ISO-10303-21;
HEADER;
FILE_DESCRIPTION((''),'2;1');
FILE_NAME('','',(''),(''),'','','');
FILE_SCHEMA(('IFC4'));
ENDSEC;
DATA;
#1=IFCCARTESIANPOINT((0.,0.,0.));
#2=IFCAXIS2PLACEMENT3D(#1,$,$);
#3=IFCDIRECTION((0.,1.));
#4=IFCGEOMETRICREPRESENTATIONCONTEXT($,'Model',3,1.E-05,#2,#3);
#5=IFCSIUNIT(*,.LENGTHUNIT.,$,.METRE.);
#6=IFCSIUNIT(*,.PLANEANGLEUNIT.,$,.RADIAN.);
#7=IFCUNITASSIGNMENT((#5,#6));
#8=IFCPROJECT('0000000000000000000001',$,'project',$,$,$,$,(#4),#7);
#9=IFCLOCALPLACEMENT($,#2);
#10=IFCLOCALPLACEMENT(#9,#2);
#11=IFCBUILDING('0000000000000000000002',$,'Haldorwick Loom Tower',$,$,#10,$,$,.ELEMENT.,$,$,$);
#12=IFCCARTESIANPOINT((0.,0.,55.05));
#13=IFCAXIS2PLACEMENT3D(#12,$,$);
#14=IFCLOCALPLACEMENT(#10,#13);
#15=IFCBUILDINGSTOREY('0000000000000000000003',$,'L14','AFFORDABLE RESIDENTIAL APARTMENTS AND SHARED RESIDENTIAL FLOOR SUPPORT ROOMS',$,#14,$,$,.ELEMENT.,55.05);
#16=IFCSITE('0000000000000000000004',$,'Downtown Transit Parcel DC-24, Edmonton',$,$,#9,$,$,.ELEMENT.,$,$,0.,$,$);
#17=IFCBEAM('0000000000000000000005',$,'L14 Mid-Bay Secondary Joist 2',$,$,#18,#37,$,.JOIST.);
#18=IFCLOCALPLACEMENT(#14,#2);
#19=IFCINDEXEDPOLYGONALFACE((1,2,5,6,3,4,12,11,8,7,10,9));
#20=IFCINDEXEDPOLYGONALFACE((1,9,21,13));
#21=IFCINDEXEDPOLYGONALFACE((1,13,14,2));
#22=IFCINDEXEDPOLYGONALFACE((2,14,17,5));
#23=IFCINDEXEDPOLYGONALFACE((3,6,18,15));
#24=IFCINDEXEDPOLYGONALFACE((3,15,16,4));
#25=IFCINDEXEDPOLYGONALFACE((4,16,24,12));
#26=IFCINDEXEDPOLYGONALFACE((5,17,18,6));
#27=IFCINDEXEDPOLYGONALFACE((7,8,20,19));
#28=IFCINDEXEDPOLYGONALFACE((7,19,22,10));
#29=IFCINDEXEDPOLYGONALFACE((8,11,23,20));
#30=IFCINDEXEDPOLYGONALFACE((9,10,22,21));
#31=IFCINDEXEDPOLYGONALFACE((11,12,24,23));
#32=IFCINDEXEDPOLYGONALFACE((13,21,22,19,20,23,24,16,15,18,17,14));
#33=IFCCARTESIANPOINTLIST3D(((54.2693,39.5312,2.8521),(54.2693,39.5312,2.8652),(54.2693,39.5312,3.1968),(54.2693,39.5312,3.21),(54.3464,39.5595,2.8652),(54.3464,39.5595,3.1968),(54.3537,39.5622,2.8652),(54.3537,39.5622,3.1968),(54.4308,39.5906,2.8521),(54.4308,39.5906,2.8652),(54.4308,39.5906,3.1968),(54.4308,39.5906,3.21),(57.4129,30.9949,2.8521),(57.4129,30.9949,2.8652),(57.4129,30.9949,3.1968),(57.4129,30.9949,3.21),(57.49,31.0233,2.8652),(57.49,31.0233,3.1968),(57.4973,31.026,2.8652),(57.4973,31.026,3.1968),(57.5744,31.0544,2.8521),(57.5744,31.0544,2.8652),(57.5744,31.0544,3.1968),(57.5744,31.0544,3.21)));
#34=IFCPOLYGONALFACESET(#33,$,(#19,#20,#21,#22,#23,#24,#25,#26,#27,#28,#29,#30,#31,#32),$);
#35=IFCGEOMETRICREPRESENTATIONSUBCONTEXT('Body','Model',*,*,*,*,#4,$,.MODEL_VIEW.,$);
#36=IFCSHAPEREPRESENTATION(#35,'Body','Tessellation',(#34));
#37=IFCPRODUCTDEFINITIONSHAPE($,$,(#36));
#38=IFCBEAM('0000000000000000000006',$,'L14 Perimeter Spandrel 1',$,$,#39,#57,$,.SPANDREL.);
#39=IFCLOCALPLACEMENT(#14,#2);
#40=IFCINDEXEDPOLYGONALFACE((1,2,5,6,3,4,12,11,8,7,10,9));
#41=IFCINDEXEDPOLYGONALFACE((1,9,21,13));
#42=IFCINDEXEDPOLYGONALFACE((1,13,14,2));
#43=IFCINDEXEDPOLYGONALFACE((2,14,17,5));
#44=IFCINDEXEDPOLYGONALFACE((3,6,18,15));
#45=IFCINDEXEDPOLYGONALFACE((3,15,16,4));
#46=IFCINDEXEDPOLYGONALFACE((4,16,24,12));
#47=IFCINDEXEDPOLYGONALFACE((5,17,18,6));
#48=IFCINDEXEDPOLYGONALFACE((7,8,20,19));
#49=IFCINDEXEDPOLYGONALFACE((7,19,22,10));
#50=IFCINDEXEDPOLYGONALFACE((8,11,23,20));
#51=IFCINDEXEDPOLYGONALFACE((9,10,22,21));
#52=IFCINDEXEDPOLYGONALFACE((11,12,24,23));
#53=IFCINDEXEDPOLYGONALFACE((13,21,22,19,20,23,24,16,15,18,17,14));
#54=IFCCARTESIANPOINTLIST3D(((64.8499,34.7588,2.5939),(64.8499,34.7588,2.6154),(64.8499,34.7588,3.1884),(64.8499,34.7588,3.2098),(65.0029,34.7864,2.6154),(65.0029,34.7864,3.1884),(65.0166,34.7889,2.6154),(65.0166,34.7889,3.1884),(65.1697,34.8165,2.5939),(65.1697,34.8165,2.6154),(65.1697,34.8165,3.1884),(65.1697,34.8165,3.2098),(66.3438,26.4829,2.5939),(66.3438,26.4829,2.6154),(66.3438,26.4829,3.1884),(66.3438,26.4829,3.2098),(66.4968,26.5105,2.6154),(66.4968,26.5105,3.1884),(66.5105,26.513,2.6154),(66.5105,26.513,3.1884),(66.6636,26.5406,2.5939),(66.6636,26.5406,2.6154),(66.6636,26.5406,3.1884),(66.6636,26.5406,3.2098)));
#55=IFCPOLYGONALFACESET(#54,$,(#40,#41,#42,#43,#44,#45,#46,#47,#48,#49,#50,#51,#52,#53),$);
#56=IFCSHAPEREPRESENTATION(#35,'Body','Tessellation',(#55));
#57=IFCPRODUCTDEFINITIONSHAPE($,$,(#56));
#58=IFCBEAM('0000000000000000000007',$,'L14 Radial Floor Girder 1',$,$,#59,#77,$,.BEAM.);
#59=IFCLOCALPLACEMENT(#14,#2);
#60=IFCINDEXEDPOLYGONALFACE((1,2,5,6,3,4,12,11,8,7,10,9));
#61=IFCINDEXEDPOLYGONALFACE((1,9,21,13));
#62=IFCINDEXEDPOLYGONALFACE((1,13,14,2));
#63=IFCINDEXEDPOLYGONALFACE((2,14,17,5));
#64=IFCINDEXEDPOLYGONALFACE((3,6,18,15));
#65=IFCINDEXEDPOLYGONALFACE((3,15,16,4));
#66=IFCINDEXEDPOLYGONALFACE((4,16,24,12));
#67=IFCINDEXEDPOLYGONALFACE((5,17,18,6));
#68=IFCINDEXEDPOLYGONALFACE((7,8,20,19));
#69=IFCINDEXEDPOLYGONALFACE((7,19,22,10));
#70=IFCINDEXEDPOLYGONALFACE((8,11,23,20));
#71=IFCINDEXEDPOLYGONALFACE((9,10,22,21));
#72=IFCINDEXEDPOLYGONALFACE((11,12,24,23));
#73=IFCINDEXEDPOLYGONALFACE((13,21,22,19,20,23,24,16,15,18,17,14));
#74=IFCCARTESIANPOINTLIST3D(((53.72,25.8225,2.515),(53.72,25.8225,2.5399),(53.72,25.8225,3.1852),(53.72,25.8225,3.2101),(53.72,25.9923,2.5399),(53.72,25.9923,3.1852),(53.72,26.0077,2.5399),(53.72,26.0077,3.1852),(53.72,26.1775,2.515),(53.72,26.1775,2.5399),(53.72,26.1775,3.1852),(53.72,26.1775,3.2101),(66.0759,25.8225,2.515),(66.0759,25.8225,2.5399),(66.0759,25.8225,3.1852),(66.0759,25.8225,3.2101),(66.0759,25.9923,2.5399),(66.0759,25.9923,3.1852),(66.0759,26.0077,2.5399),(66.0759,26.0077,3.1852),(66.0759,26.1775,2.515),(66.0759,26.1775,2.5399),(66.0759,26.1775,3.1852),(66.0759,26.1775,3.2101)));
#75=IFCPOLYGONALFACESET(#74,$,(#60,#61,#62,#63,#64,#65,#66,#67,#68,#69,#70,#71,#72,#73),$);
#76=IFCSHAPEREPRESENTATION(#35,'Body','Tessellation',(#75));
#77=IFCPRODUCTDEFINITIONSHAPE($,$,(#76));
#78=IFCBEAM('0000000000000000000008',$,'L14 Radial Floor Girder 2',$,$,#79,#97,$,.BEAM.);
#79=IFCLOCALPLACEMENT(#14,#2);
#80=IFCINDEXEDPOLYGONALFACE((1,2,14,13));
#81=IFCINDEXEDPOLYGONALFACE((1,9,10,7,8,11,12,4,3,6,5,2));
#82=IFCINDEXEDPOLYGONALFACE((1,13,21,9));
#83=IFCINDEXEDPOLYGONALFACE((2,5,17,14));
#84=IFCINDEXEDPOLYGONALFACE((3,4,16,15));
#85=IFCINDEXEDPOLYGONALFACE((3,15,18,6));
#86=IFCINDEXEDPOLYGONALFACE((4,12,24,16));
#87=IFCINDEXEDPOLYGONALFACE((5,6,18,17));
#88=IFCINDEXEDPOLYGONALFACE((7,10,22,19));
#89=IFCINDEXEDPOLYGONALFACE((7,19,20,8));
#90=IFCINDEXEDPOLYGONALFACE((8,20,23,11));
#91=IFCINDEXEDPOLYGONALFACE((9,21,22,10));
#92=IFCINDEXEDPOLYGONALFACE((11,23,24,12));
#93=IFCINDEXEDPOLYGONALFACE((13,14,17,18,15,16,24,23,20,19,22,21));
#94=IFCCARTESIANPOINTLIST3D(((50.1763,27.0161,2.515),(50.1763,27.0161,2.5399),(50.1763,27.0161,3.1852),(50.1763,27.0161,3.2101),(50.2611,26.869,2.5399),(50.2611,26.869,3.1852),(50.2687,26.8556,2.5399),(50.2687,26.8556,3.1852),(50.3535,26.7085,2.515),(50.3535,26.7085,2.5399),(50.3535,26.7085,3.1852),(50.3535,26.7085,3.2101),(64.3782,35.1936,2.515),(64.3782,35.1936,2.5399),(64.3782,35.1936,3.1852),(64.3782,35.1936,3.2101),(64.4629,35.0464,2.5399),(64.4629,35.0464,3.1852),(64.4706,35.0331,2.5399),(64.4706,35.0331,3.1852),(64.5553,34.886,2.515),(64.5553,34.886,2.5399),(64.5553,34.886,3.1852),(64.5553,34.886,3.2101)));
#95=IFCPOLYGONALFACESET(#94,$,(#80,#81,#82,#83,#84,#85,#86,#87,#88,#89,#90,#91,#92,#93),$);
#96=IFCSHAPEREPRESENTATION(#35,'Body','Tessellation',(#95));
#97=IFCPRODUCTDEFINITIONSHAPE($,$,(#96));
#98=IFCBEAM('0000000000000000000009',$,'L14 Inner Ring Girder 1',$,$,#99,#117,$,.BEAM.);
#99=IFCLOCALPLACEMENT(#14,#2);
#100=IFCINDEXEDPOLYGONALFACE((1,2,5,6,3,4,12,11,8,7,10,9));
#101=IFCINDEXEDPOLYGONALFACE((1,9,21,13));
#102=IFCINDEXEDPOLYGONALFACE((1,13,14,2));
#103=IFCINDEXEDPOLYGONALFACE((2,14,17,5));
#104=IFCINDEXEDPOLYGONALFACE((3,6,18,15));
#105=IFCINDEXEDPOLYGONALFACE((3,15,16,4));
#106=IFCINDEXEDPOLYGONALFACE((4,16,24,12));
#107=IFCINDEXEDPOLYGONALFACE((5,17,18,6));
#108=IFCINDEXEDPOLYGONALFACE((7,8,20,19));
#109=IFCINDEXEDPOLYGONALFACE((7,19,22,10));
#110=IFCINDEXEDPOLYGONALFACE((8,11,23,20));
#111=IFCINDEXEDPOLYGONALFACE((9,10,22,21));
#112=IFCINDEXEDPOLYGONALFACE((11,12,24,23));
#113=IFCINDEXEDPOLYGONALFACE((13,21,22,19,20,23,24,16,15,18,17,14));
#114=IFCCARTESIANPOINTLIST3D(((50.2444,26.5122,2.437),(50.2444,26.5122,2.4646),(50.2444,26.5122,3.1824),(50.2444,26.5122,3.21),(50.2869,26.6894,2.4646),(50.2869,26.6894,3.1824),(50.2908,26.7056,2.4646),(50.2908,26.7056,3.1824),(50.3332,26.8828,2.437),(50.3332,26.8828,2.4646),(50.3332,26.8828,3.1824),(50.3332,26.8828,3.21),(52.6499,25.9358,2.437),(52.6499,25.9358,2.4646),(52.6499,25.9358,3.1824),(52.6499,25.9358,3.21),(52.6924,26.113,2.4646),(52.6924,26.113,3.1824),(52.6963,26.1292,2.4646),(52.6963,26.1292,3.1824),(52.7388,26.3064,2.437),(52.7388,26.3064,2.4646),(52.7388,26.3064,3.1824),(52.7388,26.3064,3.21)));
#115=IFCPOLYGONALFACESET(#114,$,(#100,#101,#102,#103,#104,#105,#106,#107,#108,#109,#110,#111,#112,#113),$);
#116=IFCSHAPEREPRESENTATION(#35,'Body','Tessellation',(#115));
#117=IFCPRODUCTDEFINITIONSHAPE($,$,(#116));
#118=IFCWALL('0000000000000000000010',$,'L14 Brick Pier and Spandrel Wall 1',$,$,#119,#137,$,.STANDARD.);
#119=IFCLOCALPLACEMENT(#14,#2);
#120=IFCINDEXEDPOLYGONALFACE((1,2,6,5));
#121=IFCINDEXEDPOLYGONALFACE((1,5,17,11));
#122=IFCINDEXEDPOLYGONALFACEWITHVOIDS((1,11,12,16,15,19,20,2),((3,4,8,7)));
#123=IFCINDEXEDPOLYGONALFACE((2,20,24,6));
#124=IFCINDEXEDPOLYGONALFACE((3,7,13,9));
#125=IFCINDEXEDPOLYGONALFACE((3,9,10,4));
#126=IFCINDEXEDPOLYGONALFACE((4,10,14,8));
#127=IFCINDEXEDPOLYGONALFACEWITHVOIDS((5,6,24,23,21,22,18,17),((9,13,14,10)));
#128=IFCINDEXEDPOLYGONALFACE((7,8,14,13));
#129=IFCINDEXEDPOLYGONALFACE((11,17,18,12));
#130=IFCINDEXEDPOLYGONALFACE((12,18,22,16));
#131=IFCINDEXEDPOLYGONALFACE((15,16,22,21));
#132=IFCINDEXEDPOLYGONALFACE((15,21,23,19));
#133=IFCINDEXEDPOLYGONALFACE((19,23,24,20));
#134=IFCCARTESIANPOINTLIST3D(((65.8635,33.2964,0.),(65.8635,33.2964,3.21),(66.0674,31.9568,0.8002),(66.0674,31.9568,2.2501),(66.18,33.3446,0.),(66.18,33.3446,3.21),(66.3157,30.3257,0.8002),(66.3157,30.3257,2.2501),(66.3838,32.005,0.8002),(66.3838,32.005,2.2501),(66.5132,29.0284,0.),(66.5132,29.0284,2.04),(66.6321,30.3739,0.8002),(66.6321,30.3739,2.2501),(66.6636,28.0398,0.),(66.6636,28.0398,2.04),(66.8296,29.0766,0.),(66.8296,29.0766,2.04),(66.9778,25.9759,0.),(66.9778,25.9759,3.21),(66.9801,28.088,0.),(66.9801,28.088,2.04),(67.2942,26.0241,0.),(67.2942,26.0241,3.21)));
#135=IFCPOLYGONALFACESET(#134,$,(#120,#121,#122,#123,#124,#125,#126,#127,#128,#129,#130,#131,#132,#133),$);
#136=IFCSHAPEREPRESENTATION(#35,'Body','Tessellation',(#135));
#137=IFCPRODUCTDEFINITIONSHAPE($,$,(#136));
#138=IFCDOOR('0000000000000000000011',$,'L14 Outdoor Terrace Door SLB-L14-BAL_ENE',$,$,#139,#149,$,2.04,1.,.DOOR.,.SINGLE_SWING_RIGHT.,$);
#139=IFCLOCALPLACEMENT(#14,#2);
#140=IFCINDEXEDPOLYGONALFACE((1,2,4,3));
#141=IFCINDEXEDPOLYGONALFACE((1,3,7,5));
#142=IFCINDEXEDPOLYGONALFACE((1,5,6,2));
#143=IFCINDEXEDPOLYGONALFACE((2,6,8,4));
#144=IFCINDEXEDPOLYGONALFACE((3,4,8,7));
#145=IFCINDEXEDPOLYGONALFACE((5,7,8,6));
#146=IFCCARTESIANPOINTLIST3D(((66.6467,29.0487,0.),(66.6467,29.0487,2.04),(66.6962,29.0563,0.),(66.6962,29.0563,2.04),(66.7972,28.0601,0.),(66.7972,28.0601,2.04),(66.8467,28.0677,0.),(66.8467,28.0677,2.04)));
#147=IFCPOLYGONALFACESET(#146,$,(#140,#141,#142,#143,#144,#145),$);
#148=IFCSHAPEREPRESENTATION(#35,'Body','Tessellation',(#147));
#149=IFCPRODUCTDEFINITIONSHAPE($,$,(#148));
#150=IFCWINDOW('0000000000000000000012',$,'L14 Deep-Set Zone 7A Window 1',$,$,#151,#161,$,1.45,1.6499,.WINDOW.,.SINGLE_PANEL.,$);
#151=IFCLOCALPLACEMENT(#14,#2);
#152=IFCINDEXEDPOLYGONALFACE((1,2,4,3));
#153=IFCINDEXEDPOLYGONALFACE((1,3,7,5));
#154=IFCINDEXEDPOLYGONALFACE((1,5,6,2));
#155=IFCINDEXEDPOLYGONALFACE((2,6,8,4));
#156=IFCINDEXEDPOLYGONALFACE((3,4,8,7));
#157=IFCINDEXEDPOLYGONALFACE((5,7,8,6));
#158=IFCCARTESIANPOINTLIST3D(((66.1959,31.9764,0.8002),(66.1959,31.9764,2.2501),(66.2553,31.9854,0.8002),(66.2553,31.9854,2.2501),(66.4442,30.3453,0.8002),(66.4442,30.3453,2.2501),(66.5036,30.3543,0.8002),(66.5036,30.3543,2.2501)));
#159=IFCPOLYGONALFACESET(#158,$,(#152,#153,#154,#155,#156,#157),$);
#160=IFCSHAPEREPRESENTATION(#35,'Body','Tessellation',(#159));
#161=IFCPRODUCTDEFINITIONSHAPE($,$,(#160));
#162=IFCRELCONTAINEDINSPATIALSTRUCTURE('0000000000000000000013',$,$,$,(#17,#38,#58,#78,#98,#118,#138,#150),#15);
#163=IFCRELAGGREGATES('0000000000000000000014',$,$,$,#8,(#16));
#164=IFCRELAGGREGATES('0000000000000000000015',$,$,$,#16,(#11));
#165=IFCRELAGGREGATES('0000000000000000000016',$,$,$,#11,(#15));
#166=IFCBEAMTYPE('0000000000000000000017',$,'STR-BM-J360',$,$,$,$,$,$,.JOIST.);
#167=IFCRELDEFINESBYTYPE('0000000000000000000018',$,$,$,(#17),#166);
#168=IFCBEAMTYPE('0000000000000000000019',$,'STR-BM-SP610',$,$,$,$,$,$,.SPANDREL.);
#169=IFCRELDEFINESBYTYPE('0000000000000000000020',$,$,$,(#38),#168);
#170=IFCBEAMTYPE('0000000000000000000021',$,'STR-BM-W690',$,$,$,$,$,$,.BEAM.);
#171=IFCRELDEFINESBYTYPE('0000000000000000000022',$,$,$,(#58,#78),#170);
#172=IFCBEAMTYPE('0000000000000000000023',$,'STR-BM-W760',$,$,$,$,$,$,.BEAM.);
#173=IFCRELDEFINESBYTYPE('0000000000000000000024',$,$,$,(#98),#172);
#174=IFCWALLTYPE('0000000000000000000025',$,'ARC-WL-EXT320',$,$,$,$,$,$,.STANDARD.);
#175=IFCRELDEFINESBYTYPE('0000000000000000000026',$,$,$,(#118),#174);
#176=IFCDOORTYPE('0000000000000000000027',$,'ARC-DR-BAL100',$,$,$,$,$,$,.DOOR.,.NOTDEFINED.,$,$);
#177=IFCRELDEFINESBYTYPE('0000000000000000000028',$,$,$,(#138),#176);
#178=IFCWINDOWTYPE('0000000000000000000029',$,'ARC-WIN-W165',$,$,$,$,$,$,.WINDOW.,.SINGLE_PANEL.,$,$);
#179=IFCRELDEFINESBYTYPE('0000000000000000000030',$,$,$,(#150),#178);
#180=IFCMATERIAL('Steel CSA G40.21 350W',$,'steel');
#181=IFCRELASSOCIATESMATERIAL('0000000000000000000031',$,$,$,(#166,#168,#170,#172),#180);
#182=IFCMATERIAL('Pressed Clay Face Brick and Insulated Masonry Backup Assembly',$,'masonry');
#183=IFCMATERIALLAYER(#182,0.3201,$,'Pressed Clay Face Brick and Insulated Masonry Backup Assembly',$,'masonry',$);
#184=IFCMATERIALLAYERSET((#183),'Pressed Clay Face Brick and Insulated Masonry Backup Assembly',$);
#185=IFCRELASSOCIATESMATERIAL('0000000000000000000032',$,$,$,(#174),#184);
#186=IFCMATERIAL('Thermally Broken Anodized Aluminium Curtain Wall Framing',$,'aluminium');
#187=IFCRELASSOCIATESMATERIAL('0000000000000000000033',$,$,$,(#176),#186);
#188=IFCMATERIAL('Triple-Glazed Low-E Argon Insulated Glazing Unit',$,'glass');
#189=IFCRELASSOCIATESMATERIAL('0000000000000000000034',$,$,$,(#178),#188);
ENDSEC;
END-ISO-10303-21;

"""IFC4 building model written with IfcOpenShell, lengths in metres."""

from ifc_helpers import new_model, si_unit, direction, frame, frame_2d, origin, origin_2d, place, context, subcontext, project, spatial, rectangle, i_section, extrude, material, layer, layer_set, material_profile, profile_set, type_object, element, fill, save


model = new_model("IFC4")

# Units and contexts
model_context = context("Model", 3, precision=1e-05, world=origin(), true_north=direction((0.0, 1.0)))
body_context = subcontext(model_context, "Body", "Model", "MODEL_VIEW")
ifc_project = project(units=[si_unit("LENGTHUNIT", "METRE"), si_unit("PLANEANGLEUNIT", "RADIAN")], contexts=[model_context])

# Site, building, storey
site_placement = place(None, origin())
site = spatial("IfcSite", under=ifc_project, at=site_placement, Name="Downtown Transit Parcel DC-24, Edmonton", CompositionType="ELEMENT", RefElevation=0.0)
building_placement = place(site_placement, origin())
building = spatial("IfcBuilding", under=site, at=building_placement, Name="Haldorwick Loom Tower", CompositionType="ELEMENT")
storey_placement = place(building_placement, frame((0.0, 0.0, 55.05)))
storey = spatial("IfcBuildingStorey", under=building, at=storey_placement, Name="L14", Description="AFFORDABLE RESIDENTIAL APARTMENTS AND SHARED RESIDENTIAL FLOOR SUPPORT ROOMS", CompositionType="ELEMENT", Elevation=55.05)

# Beams
ifc_material_1 = material(Name="Steel CSA G40.21 350W", Category="steel")
ifc_material_profile_1 = material_profile(ifc_material_1, i_section(OverallWidth=0.1721, OverallDepth=0.3579, WebThickness=0.0078, FlangeThickness=0.0132, at=origin_2d()), Name="W360X57", Category="steel")
ifc_profile_set_1 = profile_set([ifc_material_profile_1], Name="Steel CSA G40.21 350W")
beam_type_1 = type_object("IfcBeamType", Name="STR-BM-J360", PredefinedType="JOIST", material=ifc_profile_set_1)
beam_1_placement = place(storey_placement, frame((57.4937, 31.0247, 3.031), z_axis=(-0.345576, 0.938391, 0.0), x_axis=(-0.938391, -0.345576, 0.0)))
element("IfcBeam", 1, at=beam_1_placement, inside=storey, type_object=beam_type_1, Name="L14 Mid-Bay Secondary Joist 2", PredefinedType="JOIST", context=body_context, shape_type="SweptSolid", body=[
    extrude(i_section(OverallWidth=0.1721, OverallDepth=0.3579, WebThickness=0.0078, FlangeThickness=0.0132, at=origin_2d()), origin(), (0.0, 0.0, 1.0), 9.0967),
])
ifc_material_profile_2 = material_profile(ifc_material_1, i_section(OverallWidth=0.325, OverallDepth=0.616, WebThickness=0.0139, FlangeThickness=0.0215, at=origin_2d()), Name="W610X174", Category="steel")
ifc_profile_set_2 = profile_set([ifc_material_profile_2], Name="Steel CSA G40.21 350W")
beam_type_2 = type_object("IfcBeamType", Name="STR-BM-SP610", PredefinedType="SPANDREL", material=ifc_profile_set_2)
beam_2_placement = place(storey_placement, frame((66.5037, 26.5117, 2.9019), z_axis=(-0.177641, 0.984095, 0.0), x_axis=(-0.984095, -0.177641, 0.0)))
element("IfcBeam", 2, at=beam_2_placement, inside=storey, type_object=beam_type_2, Name="L14 Perimeter Spandrel 1", PredefinedType="SPANDREL", context=body_context, shape_type="SweptSolid", body=[
    extrude(i_section(OverallWidth=0.325, OverallDepth=0.616, WebThickness=0.0139, FlangeThickness=0.0215, at=origin_2d()), origin(), (0.0, 0.0, 1.0), 8.4097),
])
ifc_material_profile_3 = material_profile(ifc_material_1, i_section(OverallWidth=0.355, OverallDepth=0.6951, WebThickness=0.0154, FlangeThickness=0.0249, at=origin_2d()), Name="W690X217", Category="steel")
ifc_profile_set_3 = profile_set([ifc_material_profile_3], Name="Steel CSA G40.21 350W")
beam_type_3 = type_object("IfcBeamType", Name="STR-BM-W690", PredefinedType="BEAM", material=ifc_profile_set_3)
beam_3_placement = place(storey_placement, frame((53.72, 26.0, 2.8625), z_axis=(1.0, 0.0, 0.0), x_axis=(0.0, 1.0, 0.0)))
element("IfcBeam", 3, at=beam_3_placement, inside=storey, type_object=beam_type_3, Name="L14 Radial Floor Girder 1", PredefinedType="BEAM", context=body_context, shape_type="SweptSolid", body=[
    extrude(i_section(OverallWidth=0.355, OverallDepth=0.6951, WebThickness=0.0154, FlangeThickness=0.0249, at=origin_2d()), origin(), (0.0, 0.0, 1.0), 12.356),
])
beam_4_placement = place(storey_placement, frame((50.2649, 26.8623, 2.8625), z_axis=(0.866606, 0.498994, 0.0), x_axis=(-0.498994, 0.866606, 0.0)))
element("IfcBeam", 4, at=beam_4_placement, inside=storey, type_object=beam_type_3, Name="L14 Radial Floor Girder 2", PredefinedType="BEAM", context=body_context, shape_type="SweptSolid", body=[
    extrude(i_section(OverallWidth=0.355, OverallDepth=0.6951, WebThickness=0.0154, FlangeThickness=0.0249, at=origin_2d()), origin(), (0.0, 0.0, 1.0), 16.3879),
])
ifc_material_profile_4 = material_profile(ifc_material_1, i_section(OverallWidth=0.3811, OverallDepth=0.7729, WebThickness=0.0166, FlangeThickness=0.0276, at=origin_2d()), Name="W760X257", Category="steel")
ifc_profile_set_4 = profile_set([ifc_material_profile_4], Name="Steel CSA G40.21 350W")
beam_type_4 = type_object("IfcBeamType", Name="STR-BM-W760", PredefinedType="BEAM", material=ifc_profile_set_4)
beam_5_placement = place(storey_placement, frame((50.2888, 26.6975, 2.8235), z_axis=(0.972471, -0.233026, 0.0), x_axis=(0.233026, 0.972471, 0.0)))
element("IfcBeam", 5, at=beam_5_placement, inside=storey, type_object=beam_type_4, Name="L14 Inner Ring Girder 1", PredefinedType="BEAM", context=body_context, shape_type="SweptSolid", body=[
    extrude(i_section(OverallWidth=0.3811, OverallDepth=0.7729, WebThickness=0.0166, FlangeThickness=0.0276, at=origin_2d()), origin(), (0.0, 0.0, 1.0), 2.4736),
])

# Wall, openings, door, window
ifc_material_2 = material(Name="Pressed Clay Face Brick and Insulated Masonry Backup Assembly", Category="masonry")
ifc_layer_1 = layer(ifc_material_2, 0.3201, Name="Pressed Clay Face Brick and Insulated Masonry Backup Assembly", Category="masonry")
ifc_layer_set_1 = layer_set([ifc_layer_1], Name="Pressed Clay Face Brick and Insulated Masonry Backup Assembly")
wall_type_1 = type_object("IfcWallType", Name="ARC-WL-EXT320", PredefinedType="STANDARD", material=ifc_layer_set_1)
wall_1_placement = place(storey_placement, frame((67.136, 26.0, 0.0), z_axis=(0.0, 0.0, 1.0), x_axis=(-0.150476, 0.988614, 0.0)))
wall_1 = element("IfcWall", 6, at=wall_1_placement, inside=storey, type_object=wall_type_1, Name="L14 Brick Pier and Spandrel Wall 1", PredefinedType="STANDARD", context=body_context, shape_type="SweptSolid", body=[
    extrude(rectangle(XDim=7.4048, YDim=0.3201, at=frame_2d((3.7024, 0.0))), origin(), (0.0, 0.0, 1.0), 3.21),
])
opening_1_placement = place(wall_1_placement, frame((2.0876, 0.0, 0.0)))
opening_1 = element("IfcOpeningElement", 7, at=opening_1_placement, cuts=wall_1, PredefinedType="OPENING", context=body_context, shape_type="SweptSolid", body=[
    extrude(rectangle(XDim=1.0, YDim=2.04, at=frame_2d((0.5, 1.02))), frame((0.0, 0.1699, 0.0), z_axis=(0.0, -1.0, 0.0), x_axis=(1.0, 0.0, 0.0)), (0.0, 0.0, 1.0), 0.3401),
])
opening_2_placement = place(wall_1_placement, frame((4.3999, 0.0, 0.8)))
opening_2 = element("IfcOpeningElement", 8, at=opening_2_placement, cuts=wall_1, PredefinedType="OPENING", context=body_context, shape_type="SweptSolid", body=[
    extrude(rectangle(XDim=1.6499, YDim=1.45, at=frame_2d((0.825, 0.7251))), frame((0.0, 0.1699, 0.0), z_axis=(0.0, -1.0, 0.0), x_axis=(1.0, 0.0, 0.0)), (0.0, 0.0, 1.0), 0.3401),
])
ifc_material_3 = material(Name="Thermally Broken Anodized Aluminium Curtain Wall Framing", Category="aluminium")
door_type_1 = type_object("IfcDoorType", Name="ARC-DR-BAL100", OperationType="NOTDEFINED", PredefinedType="DOOR", material=ifc_material_3)
door_1_placement = place(opening_1_placement, origin())
door_1 = element("IfcDoor", 9, at=door_1_placement, inside=storey, type_object=door_type_1, Name="L14 Outdoor Terrace Door SLB-L14-BAL_ENE", OperationType="SINGLE_SWING_RIGHT", OverallHeight=2.04, OverallWidth=1.0, PredefinedType="DOOR", context=body_context, shape_type="SweptSolid", body=[
    extrude(rectangle(XDim=1.0, YDim=2.04, at=frame_2d((0.5, 1.02))), frame((0.0, 0.0249, 0.0), z_axis=(0.0, -1.0, 0.0), x_axis=(1.0, 0.0, 0.0)), (0.0, 0.0, 1.0), 0.05),
])
fill(opening_1, door_1)
ifc_material_4 = material(Name="Triple-Glazed Low-E Argon Insulated Glazing Unit", Category="glass")
window_type = type_object("IfcWindowType", Name="ARC-WIN-W165", PartitioningType="SINGLE_PANEL", PredefinedType="WINDOW", material=ifc_material_4)
window_placement = place(opening_2_placement, origin())
window = element("IfcWindow", 10, at=window_placement, inside=storey, type_object=window_type, Name="L14 Deep-Set Zone 7A Window 1", OverallHeight=1.45, OverallWidth=1.6499, PartitioningType="SINGLE_PANEL", PredefinedType="WINDOW", context=body_context, shape_type="SweptSolid", body=[
    extrude(rectangle(XDim=1.6499, YDim=1.45, at=frame_2d((0.825, 0.7251))), frame((0.0, 0.03, 0.0), z_axis=(0.0, -1.0, 0.0), x_axis=(1.0, 0.0, 0.0)), (0.0, 0.0, 1.0), 0.0601),
])
fill(opening_2, window)

save(model, "model.ifc")
